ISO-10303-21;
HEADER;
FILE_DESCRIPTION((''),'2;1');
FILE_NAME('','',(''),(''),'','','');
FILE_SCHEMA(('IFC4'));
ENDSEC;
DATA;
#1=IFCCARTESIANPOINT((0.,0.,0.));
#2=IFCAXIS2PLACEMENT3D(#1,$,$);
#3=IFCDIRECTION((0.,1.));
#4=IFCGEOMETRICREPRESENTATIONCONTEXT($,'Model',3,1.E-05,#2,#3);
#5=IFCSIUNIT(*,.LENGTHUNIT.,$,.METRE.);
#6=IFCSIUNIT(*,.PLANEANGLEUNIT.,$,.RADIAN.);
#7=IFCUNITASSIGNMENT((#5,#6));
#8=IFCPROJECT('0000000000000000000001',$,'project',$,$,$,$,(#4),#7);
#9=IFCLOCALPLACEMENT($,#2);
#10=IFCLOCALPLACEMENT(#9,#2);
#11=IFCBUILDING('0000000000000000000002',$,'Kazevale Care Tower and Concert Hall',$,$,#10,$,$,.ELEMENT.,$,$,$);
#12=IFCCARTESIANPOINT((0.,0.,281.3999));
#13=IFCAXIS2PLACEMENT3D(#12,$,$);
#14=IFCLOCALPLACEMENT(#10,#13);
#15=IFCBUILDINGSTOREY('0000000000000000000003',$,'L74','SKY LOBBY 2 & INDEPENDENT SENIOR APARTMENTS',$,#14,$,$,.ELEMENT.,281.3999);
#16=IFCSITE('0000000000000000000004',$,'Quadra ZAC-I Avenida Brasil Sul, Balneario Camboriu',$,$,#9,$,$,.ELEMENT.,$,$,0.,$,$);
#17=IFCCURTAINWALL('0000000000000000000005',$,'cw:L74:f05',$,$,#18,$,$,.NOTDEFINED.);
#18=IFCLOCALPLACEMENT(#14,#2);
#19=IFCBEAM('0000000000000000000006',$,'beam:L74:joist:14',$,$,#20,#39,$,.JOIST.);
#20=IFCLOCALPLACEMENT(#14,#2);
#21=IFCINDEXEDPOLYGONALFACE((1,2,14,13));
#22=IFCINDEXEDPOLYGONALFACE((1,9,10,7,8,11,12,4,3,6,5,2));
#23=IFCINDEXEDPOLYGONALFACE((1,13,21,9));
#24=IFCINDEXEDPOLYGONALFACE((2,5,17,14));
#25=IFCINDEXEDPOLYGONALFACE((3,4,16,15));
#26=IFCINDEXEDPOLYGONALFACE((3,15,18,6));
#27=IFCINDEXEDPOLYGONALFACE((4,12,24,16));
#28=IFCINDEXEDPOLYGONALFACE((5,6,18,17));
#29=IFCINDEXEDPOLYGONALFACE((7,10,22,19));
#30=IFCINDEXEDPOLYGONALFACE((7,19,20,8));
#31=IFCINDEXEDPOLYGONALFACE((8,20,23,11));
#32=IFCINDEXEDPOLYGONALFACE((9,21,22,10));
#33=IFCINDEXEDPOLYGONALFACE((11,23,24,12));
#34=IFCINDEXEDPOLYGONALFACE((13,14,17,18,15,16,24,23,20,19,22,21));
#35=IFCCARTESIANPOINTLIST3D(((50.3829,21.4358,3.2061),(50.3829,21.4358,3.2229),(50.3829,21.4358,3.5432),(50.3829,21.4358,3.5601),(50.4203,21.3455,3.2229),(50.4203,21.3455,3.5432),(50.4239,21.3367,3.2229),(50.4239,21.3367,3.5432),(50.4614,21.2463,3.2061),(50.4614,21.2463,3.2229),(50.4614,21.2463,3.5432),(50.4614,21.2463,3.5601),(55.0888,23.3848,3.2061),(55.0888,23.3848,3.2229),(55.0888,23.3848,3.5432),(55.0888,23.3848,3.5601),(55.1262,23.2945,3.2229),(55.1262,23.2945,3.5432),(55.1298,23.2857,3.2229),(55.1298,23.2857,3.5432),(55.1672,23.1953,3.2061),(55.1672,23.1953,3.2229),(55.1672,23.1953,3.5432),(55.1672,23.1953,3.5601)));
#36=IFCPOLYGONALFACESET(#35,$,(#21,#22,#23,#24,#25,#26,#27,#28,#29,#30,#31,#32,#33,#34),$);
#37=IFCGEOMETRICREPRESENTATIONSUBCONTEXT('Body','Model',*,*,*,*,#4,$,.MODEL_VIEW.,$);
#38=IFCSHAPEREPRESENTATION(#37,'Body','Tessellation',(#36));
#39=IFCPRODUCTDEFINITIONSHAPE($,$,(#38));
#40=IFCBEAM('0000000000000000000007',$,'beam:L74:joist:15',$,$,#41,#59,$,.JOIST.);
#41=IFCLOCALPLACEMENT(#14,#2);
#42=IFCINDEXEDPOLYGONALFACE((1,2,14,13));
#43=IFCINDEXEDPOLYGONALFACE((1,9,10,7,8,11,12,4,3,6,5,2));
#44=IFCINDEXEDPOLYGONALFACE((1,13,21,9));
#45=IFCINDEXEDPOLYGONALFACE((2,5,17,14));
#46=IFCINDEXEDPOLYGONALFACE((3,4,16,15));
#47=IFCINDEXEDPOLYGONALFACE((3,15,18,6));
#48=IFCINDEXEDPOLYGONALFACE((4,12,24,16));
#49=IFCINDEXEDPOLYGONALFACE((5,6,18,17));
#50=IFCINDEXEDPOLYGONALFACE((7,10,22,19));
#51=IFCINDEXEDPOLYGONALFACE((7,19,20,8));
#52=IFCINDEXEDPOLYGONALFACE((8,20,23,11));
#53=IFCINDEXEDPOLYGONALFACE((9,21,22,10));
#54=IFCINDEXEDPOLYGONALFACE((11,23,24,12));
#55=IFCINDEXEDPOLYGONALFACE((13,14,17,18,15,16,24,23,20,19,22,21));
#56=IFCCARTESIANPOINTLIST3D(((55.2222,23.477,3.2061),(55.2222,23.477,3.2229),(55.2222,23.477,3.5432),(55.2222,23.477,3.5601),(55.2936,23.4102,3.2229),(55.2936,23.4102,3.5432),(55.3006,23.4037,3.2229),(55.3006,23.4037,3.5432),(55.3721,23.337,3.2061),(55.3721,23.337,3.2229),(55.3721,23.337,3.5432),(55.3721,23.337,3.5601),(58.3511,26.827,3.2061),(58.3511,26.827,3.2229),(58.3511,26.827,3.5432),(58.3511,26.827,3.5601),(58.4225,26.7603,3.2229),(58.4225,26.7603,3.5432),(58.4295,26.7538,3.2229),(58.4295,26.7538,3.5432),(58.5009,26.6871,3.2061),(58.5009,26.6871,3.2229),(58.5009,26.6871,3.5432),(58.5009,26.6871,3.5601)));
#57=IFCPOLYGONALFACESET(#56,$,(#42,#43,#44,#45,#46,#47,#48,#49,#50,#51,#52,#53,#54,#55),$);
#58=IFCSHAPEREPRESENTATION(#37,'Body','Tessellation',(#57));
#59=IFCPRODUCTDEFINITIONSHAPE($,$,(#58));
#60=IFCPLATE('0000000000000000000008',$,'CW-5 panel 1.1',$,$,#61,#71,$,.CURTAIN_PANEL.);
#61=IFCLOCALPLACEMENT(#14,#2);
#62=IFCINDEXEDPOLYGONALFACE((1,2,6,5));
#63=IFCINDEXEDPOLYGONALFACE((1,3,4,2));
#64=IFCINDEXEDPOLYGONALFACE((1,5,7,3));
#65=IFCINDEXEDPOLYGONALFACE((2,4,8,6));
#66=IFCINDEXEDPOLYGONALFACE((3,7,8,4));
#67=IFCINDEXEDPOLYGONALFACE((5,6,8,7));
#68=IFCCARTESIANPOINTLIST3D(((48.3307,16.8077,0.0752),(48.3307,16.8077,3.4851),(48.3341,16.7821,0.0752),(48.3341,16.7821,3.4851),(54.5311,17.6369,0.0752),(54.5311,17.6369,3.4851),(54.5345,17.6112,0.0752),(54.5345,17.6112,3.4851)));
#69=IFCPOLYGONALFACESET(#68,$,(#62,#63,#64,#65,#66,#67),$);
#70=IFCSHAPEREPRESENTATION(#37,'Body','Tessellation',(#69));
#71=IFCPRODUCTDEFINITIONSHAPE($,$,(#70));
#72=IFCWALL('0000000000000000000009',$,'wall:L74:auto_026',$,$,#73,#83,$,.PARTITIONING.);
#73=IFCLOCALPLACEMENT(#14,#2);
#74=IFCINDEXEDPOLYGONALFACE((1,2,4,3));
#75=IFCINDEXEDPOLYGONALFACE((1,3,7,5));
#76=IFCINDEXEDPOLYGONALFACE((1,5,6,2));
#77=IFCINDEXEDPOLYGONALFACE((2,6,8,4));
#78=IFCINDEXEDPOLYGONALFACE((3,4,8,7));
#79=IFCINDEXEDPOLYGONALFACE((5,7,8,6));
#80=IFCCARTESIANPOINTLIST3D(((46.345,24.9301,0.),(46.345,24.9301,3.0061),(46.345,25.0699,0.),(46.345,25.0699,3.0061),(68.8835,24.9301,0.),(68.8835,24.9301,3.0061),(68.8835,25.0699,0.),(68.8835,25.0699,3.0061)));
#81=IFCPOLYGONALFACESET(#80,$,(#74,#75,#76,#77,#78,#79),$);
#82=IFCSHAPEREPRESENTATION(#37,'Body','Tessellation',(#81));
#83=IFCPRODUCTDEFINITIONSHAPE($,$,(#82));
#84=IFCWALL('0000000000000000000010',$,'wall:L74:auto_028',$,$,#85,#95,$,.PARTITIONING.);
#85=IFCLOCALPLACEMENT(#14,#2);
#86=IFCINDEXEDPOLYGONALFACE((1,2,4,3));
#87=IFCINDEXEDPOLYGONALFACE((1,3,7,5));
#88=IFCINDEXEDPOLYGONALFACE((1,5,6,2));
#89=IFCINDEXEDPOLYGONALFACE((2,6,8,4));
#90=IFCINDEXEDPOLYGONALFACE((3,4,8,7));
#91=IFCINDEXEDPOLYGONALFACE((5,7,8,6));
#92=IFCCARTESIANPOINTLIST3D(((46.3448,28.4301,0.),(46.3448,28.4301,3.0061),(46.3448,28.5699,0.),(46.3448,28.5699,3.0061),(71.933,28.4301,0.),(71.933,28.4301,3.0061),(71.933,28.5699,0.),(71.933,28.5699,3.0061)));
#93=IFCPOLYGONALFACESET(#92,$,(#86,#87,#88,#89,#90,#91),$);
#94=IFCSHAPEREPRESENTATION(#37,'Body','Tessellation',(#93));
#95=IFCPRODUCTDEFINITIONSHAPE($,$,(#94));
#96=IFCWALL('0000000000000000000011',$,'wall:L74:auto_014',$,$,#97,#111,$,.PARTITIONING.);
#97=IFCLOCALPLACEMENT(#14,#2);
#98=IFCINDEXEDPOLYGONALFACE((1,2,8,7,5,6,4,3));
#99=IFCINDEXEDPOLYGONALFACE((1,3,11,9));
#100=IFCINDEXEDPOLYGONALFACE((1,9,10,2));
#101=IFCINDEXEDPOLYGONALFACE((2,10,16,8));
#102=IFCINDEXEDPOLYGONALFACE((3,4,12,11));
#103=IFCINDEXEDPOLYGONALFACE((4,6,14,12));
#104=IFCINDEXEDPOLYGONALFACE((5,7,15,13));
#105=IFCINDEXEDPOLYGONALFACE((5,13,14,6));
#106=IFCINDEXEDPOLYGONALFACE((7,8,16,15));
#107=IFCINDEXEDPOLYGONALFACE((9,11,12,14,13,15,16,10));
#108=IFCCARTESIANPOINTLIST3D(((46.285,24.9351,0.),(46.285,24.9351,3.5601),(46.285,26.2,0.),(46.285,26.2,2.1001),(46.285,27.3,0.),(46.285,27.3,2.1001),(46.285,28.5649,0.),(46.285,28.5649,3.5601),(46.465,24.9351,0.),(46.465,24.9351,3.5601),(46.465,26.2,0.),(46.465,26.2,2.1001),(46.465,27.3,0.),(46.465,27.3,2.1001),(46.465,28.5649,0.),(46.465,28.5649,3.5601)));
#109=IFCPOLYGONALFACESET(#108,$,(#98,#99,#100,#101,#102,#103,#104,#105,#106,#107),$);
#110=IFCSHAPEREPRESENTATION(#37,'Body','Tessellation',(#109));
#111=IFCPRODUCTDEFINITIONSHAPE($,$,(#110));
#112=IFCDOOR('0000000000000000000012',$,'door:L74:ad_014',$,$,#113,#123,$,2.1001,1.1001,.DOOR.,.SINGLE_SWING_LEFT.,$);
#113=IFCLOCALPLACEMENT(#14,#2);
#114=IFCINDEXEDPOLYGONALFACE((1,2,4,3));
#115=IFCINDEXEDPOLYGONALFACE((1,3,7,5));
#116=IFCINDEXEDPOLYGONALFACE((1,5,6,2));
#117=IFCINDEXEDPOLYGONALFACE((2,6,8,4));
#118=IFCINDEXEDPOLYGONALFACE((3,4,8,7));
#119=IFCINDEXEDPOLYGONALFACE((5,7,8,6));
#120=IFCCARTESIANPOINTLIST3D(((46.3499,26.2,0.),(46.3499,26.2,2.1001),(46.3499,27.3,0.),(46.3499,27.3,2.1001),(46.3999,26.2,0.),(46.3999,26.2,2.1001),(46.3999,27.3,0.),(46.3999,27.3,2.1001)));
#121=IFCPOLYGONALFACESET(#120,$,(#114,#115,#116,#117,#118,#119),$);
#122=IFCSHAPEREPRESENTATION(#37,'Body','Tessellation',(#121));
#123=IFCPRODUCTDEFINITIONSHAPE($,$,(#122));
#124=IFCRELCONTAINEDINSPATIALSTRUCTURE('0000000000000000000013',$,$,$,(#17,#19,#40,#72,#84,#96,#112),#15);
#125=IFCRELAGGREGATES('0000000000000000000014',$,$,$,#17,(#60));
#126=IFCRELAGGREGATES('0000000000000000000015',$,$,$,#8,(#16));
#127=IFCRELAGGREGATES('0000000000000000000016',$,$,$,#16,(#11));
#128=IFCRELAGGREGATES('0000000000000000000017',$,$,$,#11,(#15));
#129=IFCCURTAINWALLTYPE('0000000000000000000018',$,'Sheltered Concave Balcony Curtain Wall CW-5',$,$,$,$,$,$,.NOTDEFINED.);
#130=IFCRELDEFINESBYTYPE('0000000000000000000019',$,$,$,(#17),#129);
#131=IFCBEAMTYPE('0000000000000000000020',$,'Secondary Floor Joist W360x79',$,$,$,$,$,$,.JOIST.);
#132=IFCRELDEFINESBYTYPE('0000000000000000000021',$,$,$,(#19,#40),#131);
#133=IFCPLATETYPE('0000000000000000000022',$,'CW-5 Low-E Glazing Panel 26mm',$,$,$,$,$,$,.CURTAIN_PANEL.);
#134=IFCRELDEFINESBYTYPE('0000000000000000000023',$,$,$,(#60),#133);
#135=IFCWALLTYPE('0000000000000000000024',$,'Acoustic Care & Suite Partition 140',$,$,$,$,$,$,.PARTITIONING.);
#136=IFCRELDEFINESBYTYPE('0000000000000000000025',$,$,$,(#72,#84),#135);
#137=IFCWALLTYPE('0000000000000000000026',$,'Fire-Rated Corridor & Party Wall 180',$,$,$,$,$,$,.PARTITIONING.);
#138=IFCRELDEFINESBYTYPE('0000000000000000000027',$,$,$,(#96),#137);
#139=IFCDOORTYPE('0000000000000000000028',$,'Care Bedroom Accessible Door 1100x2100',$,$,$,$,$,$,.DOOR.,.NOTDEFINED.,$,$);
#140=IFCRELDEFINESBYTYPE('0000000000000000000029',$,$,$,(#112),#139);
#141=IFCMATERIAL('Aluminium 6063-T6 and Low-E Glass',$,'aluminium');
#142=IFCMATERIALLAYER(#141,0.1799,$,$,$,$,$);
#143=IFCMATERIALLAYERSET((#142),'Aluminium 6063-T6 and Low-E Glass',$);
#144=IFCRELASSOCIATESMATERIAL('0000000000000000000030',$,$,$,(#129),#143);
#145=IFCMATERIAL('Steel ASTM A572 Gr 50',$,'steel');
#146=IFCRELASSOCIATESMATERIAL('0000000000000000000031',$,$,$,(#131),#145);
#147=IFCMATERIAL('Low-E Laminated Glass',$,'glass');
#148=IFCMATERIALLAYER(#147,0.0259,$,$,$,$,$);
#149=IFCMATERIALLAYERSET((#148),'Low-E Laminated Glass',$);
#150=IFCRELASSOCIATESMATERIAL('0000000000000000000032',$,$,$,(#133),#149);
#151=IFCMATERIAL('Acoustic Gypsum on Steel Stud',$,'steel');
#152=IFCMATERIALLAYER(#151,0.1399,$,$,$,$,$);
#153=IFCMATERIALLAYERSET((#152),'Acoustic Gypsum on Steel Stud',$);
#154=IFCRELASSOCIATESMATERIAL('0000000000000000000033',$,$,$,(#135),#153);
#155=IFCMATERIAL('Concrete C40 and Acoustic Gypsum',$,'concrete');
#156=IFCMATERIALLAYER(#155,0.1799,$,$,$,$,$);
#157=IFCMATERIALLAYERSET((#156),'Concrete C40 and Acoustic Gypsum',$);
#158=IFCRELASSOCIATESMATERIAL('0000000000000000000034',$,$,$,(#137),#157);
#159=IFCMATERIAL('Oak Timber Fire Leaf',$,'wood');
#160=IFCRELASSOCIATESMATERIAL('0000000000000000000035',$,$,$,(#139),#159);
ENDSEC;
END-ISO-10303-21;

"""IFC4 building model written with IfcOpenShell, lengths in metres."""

from ifc_helpers import new_model, si_unit, direction, frame, frame_2d, origin, origin_2d, place, context, subcontext, project, spatial, rectangle, i_section, extrude, material, layer, layer_set, material_profile, profile_set, type_object, element, fill, aggregate, save


model = new_model("IFC4")

# Units and contexts
model_context = context("Model", 3, precision=1e-05, world=origin(), true_north=direction((0.0, 1.0)))
body_context = subcontext(model_context, "Body", "Model", "MODEL_VIEW")
ifc_project = project(units=[si_unit("LENGTHUNIT", "METRE"), si_unit("PLANEANGLEUNIT", "RADIAN")], contexts=[model_context])

# Site, building, storey
site_placement = place(None, origin())
site = spatial("IfcSite", under=ifc_project, at=site_placement, Name="Quadra ZAC-I Avenida Brasil Sul, Balneario Camboriu", CompositionType="ELEMENT", RefElevation=0.0)
building_placement = place(site_placement, origin())
building = spatial("IfcBuilding", under=site, at=building_placement, Name="Kazevale Care Tower and Concert Hall", CompositionType="ELEMENT")
storey_placement = place(building_placement, frame((0.0, 0.0, 281.3999)))
storey = spatial("IfcBuildingStorey", under=building, at=storey_placement, Name="L74", Description="SKY LOBBY 2 & INDEPENDENT SENIOR APARTMENTS", CompositionType="ELEMENT", Elevation=281.3999)

# Curtain wall
ifc_material_1 = material(Name="Aluminium 6063-T6 and Low-E Glass", Category="aluminium")
ifc_layer_1 = layer(ifc_material_1, 0.1799)
ifc_layer_set_1 = layer_set([ifc_layer_1], Name="Aluminium 6063-T6 and Low-E Glass")
curtain_wall_type = type_object("IfcCurtainWallType", Name="Sheltered Concave Balcony Curtain Wall CW-5", PredefinedType="NOTDEFINED", material=ifc_layer_set_1)
curtain_wall_1_placement = place(storey_placement, origin())
curtain_wall_1 = element("IfcCurtainWall", 1, at=curtain_wall_1_placement, inside=storey, type_object=curtain_wall_type, Name="cw:L74:f05", PredefinedType="NOTDEFINED")

# Beams
ifc_material_2 = material(Name="Steel ASTM A572 Gr 50", Category="steel")
ifc_material_profile_1 = material_profile(ifc_material_2, i_section(OverallWidth=0.2051, OverallDepth=0.354, WebThickness=0.0095, FlangeThickness=0.0168, at=origin_2d()), Name="W360x79")
ifc_profile_set_1 = profile_set([ifc_material_profile_1], Name="Steel ASTM A572 Gr 50")
beam_type = type_object("IfcBeamType", Name="Secondary Floor Joist W360x79", PredefinedType="JOIST", material=ifc_profile_set_1)
beam_1_placement = place(storey_placement, frame((50.4221, 21.3411, 3.3831), z_axis=(0.923896, 0.382644, 0.0), x_axis=(-0.382644, 0.923896, 0.0)))
element("IfcBeam", 2, at=beam_1_placement, inside=storey, type_object=beam_type, Name="beam:L74:joist:14", PredefinedType="JOIST", context=body_context, shape_type="SweptSolid", body=[
    extrude(i_section(OverallWidth=0.2051, OverallDepth=0.354, WebThickness=0.0095, FlangeThickness=0.0168, at=origin_2d()), origin(), (0.0, 0.0, 1.0), 5.0935),
])
beam_2_placement = place(storey_placement, frame((55.2971, 23.407, 3.3831), z_axis=(0.682569, 0.730821, 0.0), x_axis=(-0.730821, 0.682569, 0.0)))
element("IfcBeam", 3, at=beam_2_placement, inside=storey, type_object=beam_type, Name="beam:L74:joist:15", PredefinedType="JOIST", context=body_context, shape_type="SweptSolid", body=[
    extrude(i_section(OverallWidth=0.2051, OverallDepth=0.354, WebThickness=0.0095, FlangeThickness=0.0168, at=origin_2d()), origin(), (0.0, 0.0, 1.0), 4.584),
])

# Plate
ifc_material_3 = material(Name="Low-E Laminated Glass", Category="glass")
ifc_layer_2 = layer(ifc_material_3, 0.0259)
ifc_layer_set_2 = layer_set([ifc_layer_2], Name="Low-E Laminated Glass")
plate_type = type_object("IfcPlateType", Name="CW-5 Low-E Glazing Panel 26mm", PredefinedType="CURTAIN_PANEL", material=ifc_layer_set_2)
plate_placement = place(storey_placement, frame((51.4326, 17.2095, 0.0752), z_axis=(0.0, 0.0, 1.0), x_axis=(-0.991177, -0.132542, 0.0)))
plate = element("IfcPlate", 4, at=plate_placement, type_object=plate_type, Name="CW-5 panel 1.1", PredefinedType="CURTAIN_PANEL", context=body_context, shape_type="SweptSolid", body=[
    extrude(rectangle(XDim=6.2556, YDim=0.0259, at=origin_2d()), origin(), (0.0, 0.0, 1.0), 3.4099),
])
aggregate(curtain_wall_1, [plate])

# Walls
ifc_material_4 = material(Name="Acoustic Gypsum on Steel Stud", Category="steel")
ifc_layer_3 = layer(ifc_material_4, 0.1399)
ifc_layer_set_3 = layer_set([ifc_layer_3], Name="Acoustic Gypsum on Steel Stud")
wall_type_1 = type_object("IfcWallType", Name="Acoustic Care & Suite Partition 140", PredefinedType="PARTITIONING", material=ifc_layer_set_3)
wall_1_placement = place(storey_placement, frame((46.345, 25.0, 0.0), z_axis=(0.0, 0.0, 1.0), x_axis=(1.0, 0.0, 0.0)))
element("IfcWall", 5, at=wall_1_placement, inside=storey, type_object=wall_type_1, Name="wall:L74:auto_026", PredefinedType="PARTITIONING", context=body_context, shape_type="SweptSolid", body=[
    extrude(rectangle(XDim=22.5386, YDim=0.1399, at=frame_2d((11.2693, 0.0))), origin(), (0.0, 0.0, 1.0), 3.0061),
])
wall_2_placement = place(storey_placement, frame((46.345, 28.5, 0.0), z_axis=(0.0, 0.0, 1.0), x_axis=(1.0, 0.0, 0.0)))
element("IfcWall", 6, at=wall_2_placement, inside=storey, type_object=wall_type_1, Name="wall:L74:auto_028", PredefinedType="PARTITIONING", context=body_context, shape_type="SweptSolid", body=[
    extrude(rectangle(XDim=25.5881, YDim=0.1399, at=frame_2d((12.7939, 0.0))), origin(), (0.0, 0.0, 1.0), 3.0061),
])

# Wall, opening, door
ifc_material_5 = material(Name="Concrete C40 and Acoustic Gypsum", Category="concrete")
ifc_layer_4 = layer(ifc_material_5, 0.1799)
ifc_layer_set_4 = layer_set([ifc_layer_4], Name="Concrete C40 and Acoustic Gypsum")
wall_type_2 = type_object("IfcWallType", Name="Fire-Rated Corridor & Party Wall 180", PredefinedType="PARTITIONING", material=ifc_layer_set_4)
ifc_material_6 = material(Name="Oak Timber Fire Leaf", Category="wood")
wall_3_placement = place(storey_placement, frame((46.375, 28.5649, 0.0), z_axis=(0.0, 0.0, 1.0), x_axis=(0.0, -1.0, 0.0)))
wall_3 = element("IfcWall", 7, at=wall_3_placement, inside=storey, type_object=wall_type_2, Name="wall:L74:auto_014", PredefinedType="PARTITIONING", context=body_context, shape_type="SweptSolid", body=[
    extrude(rectangle(XDim=3.6299, YDim=0.1799, at=frame_2d((1.8149, 0.0))), origin(), (0.0, 0.0, 1.0), 3.5601),
])
opening_1_placement = place(wall_3_placement, frame((1.2649, 0.0, 0.0)))
opening_1 = element("IfcOpeningElement", 8, at=opening_1_placement, cuts=wall_3, PredefinedType="OPENING", context=body_context, shape_type="SweptSolid", body=[
    extrude(rectangle(XDim=1.1001, YDim=2.1001, at=frame_2d((0.55, 1.05))), frame((0.0, 0.0999, 0.0), z_axis=(0.0, -1.0, 0.0), x_axis=(1.0, 0.0, 0.0)), (0.0, 0.0, 1.0), 0.2),
])
door_type_1 = type_object("IfcDoorType", Name="Care Bedroom Accessible Door 1100x2100", OperationType="NOTDEFINED", PredefinedType="DOOR", material=ifc_material_6)
door_1_placement = place(opening_1_placement, origin())
door_1 = element("IfcDoor", 9, at=door_1_placement, inside=storey, type_object=door_type_1, Name="door:L74:ad_014", OperationType="SINGLE_SWING_LEFT", OverallHeight=2.1001, OverallWidth=1.1001, PredefinedType="DOOR", context=body_context, shape_type="SweptSolid", body=[
    extrude(rectangle(XDim=1.1001, YDim=2.1001, at=frame_2d((0.55, 1.05))), frame((0.0, 0.0249, 0.0), z_axis=(0.0, -1.0, 0.0), x_axis=(1.0, 0.0, 0.0)), (0.0, 0.0, 1.0), 0.05),
])
fill(opening_1, door_1)

save(model, "model.ifc")
